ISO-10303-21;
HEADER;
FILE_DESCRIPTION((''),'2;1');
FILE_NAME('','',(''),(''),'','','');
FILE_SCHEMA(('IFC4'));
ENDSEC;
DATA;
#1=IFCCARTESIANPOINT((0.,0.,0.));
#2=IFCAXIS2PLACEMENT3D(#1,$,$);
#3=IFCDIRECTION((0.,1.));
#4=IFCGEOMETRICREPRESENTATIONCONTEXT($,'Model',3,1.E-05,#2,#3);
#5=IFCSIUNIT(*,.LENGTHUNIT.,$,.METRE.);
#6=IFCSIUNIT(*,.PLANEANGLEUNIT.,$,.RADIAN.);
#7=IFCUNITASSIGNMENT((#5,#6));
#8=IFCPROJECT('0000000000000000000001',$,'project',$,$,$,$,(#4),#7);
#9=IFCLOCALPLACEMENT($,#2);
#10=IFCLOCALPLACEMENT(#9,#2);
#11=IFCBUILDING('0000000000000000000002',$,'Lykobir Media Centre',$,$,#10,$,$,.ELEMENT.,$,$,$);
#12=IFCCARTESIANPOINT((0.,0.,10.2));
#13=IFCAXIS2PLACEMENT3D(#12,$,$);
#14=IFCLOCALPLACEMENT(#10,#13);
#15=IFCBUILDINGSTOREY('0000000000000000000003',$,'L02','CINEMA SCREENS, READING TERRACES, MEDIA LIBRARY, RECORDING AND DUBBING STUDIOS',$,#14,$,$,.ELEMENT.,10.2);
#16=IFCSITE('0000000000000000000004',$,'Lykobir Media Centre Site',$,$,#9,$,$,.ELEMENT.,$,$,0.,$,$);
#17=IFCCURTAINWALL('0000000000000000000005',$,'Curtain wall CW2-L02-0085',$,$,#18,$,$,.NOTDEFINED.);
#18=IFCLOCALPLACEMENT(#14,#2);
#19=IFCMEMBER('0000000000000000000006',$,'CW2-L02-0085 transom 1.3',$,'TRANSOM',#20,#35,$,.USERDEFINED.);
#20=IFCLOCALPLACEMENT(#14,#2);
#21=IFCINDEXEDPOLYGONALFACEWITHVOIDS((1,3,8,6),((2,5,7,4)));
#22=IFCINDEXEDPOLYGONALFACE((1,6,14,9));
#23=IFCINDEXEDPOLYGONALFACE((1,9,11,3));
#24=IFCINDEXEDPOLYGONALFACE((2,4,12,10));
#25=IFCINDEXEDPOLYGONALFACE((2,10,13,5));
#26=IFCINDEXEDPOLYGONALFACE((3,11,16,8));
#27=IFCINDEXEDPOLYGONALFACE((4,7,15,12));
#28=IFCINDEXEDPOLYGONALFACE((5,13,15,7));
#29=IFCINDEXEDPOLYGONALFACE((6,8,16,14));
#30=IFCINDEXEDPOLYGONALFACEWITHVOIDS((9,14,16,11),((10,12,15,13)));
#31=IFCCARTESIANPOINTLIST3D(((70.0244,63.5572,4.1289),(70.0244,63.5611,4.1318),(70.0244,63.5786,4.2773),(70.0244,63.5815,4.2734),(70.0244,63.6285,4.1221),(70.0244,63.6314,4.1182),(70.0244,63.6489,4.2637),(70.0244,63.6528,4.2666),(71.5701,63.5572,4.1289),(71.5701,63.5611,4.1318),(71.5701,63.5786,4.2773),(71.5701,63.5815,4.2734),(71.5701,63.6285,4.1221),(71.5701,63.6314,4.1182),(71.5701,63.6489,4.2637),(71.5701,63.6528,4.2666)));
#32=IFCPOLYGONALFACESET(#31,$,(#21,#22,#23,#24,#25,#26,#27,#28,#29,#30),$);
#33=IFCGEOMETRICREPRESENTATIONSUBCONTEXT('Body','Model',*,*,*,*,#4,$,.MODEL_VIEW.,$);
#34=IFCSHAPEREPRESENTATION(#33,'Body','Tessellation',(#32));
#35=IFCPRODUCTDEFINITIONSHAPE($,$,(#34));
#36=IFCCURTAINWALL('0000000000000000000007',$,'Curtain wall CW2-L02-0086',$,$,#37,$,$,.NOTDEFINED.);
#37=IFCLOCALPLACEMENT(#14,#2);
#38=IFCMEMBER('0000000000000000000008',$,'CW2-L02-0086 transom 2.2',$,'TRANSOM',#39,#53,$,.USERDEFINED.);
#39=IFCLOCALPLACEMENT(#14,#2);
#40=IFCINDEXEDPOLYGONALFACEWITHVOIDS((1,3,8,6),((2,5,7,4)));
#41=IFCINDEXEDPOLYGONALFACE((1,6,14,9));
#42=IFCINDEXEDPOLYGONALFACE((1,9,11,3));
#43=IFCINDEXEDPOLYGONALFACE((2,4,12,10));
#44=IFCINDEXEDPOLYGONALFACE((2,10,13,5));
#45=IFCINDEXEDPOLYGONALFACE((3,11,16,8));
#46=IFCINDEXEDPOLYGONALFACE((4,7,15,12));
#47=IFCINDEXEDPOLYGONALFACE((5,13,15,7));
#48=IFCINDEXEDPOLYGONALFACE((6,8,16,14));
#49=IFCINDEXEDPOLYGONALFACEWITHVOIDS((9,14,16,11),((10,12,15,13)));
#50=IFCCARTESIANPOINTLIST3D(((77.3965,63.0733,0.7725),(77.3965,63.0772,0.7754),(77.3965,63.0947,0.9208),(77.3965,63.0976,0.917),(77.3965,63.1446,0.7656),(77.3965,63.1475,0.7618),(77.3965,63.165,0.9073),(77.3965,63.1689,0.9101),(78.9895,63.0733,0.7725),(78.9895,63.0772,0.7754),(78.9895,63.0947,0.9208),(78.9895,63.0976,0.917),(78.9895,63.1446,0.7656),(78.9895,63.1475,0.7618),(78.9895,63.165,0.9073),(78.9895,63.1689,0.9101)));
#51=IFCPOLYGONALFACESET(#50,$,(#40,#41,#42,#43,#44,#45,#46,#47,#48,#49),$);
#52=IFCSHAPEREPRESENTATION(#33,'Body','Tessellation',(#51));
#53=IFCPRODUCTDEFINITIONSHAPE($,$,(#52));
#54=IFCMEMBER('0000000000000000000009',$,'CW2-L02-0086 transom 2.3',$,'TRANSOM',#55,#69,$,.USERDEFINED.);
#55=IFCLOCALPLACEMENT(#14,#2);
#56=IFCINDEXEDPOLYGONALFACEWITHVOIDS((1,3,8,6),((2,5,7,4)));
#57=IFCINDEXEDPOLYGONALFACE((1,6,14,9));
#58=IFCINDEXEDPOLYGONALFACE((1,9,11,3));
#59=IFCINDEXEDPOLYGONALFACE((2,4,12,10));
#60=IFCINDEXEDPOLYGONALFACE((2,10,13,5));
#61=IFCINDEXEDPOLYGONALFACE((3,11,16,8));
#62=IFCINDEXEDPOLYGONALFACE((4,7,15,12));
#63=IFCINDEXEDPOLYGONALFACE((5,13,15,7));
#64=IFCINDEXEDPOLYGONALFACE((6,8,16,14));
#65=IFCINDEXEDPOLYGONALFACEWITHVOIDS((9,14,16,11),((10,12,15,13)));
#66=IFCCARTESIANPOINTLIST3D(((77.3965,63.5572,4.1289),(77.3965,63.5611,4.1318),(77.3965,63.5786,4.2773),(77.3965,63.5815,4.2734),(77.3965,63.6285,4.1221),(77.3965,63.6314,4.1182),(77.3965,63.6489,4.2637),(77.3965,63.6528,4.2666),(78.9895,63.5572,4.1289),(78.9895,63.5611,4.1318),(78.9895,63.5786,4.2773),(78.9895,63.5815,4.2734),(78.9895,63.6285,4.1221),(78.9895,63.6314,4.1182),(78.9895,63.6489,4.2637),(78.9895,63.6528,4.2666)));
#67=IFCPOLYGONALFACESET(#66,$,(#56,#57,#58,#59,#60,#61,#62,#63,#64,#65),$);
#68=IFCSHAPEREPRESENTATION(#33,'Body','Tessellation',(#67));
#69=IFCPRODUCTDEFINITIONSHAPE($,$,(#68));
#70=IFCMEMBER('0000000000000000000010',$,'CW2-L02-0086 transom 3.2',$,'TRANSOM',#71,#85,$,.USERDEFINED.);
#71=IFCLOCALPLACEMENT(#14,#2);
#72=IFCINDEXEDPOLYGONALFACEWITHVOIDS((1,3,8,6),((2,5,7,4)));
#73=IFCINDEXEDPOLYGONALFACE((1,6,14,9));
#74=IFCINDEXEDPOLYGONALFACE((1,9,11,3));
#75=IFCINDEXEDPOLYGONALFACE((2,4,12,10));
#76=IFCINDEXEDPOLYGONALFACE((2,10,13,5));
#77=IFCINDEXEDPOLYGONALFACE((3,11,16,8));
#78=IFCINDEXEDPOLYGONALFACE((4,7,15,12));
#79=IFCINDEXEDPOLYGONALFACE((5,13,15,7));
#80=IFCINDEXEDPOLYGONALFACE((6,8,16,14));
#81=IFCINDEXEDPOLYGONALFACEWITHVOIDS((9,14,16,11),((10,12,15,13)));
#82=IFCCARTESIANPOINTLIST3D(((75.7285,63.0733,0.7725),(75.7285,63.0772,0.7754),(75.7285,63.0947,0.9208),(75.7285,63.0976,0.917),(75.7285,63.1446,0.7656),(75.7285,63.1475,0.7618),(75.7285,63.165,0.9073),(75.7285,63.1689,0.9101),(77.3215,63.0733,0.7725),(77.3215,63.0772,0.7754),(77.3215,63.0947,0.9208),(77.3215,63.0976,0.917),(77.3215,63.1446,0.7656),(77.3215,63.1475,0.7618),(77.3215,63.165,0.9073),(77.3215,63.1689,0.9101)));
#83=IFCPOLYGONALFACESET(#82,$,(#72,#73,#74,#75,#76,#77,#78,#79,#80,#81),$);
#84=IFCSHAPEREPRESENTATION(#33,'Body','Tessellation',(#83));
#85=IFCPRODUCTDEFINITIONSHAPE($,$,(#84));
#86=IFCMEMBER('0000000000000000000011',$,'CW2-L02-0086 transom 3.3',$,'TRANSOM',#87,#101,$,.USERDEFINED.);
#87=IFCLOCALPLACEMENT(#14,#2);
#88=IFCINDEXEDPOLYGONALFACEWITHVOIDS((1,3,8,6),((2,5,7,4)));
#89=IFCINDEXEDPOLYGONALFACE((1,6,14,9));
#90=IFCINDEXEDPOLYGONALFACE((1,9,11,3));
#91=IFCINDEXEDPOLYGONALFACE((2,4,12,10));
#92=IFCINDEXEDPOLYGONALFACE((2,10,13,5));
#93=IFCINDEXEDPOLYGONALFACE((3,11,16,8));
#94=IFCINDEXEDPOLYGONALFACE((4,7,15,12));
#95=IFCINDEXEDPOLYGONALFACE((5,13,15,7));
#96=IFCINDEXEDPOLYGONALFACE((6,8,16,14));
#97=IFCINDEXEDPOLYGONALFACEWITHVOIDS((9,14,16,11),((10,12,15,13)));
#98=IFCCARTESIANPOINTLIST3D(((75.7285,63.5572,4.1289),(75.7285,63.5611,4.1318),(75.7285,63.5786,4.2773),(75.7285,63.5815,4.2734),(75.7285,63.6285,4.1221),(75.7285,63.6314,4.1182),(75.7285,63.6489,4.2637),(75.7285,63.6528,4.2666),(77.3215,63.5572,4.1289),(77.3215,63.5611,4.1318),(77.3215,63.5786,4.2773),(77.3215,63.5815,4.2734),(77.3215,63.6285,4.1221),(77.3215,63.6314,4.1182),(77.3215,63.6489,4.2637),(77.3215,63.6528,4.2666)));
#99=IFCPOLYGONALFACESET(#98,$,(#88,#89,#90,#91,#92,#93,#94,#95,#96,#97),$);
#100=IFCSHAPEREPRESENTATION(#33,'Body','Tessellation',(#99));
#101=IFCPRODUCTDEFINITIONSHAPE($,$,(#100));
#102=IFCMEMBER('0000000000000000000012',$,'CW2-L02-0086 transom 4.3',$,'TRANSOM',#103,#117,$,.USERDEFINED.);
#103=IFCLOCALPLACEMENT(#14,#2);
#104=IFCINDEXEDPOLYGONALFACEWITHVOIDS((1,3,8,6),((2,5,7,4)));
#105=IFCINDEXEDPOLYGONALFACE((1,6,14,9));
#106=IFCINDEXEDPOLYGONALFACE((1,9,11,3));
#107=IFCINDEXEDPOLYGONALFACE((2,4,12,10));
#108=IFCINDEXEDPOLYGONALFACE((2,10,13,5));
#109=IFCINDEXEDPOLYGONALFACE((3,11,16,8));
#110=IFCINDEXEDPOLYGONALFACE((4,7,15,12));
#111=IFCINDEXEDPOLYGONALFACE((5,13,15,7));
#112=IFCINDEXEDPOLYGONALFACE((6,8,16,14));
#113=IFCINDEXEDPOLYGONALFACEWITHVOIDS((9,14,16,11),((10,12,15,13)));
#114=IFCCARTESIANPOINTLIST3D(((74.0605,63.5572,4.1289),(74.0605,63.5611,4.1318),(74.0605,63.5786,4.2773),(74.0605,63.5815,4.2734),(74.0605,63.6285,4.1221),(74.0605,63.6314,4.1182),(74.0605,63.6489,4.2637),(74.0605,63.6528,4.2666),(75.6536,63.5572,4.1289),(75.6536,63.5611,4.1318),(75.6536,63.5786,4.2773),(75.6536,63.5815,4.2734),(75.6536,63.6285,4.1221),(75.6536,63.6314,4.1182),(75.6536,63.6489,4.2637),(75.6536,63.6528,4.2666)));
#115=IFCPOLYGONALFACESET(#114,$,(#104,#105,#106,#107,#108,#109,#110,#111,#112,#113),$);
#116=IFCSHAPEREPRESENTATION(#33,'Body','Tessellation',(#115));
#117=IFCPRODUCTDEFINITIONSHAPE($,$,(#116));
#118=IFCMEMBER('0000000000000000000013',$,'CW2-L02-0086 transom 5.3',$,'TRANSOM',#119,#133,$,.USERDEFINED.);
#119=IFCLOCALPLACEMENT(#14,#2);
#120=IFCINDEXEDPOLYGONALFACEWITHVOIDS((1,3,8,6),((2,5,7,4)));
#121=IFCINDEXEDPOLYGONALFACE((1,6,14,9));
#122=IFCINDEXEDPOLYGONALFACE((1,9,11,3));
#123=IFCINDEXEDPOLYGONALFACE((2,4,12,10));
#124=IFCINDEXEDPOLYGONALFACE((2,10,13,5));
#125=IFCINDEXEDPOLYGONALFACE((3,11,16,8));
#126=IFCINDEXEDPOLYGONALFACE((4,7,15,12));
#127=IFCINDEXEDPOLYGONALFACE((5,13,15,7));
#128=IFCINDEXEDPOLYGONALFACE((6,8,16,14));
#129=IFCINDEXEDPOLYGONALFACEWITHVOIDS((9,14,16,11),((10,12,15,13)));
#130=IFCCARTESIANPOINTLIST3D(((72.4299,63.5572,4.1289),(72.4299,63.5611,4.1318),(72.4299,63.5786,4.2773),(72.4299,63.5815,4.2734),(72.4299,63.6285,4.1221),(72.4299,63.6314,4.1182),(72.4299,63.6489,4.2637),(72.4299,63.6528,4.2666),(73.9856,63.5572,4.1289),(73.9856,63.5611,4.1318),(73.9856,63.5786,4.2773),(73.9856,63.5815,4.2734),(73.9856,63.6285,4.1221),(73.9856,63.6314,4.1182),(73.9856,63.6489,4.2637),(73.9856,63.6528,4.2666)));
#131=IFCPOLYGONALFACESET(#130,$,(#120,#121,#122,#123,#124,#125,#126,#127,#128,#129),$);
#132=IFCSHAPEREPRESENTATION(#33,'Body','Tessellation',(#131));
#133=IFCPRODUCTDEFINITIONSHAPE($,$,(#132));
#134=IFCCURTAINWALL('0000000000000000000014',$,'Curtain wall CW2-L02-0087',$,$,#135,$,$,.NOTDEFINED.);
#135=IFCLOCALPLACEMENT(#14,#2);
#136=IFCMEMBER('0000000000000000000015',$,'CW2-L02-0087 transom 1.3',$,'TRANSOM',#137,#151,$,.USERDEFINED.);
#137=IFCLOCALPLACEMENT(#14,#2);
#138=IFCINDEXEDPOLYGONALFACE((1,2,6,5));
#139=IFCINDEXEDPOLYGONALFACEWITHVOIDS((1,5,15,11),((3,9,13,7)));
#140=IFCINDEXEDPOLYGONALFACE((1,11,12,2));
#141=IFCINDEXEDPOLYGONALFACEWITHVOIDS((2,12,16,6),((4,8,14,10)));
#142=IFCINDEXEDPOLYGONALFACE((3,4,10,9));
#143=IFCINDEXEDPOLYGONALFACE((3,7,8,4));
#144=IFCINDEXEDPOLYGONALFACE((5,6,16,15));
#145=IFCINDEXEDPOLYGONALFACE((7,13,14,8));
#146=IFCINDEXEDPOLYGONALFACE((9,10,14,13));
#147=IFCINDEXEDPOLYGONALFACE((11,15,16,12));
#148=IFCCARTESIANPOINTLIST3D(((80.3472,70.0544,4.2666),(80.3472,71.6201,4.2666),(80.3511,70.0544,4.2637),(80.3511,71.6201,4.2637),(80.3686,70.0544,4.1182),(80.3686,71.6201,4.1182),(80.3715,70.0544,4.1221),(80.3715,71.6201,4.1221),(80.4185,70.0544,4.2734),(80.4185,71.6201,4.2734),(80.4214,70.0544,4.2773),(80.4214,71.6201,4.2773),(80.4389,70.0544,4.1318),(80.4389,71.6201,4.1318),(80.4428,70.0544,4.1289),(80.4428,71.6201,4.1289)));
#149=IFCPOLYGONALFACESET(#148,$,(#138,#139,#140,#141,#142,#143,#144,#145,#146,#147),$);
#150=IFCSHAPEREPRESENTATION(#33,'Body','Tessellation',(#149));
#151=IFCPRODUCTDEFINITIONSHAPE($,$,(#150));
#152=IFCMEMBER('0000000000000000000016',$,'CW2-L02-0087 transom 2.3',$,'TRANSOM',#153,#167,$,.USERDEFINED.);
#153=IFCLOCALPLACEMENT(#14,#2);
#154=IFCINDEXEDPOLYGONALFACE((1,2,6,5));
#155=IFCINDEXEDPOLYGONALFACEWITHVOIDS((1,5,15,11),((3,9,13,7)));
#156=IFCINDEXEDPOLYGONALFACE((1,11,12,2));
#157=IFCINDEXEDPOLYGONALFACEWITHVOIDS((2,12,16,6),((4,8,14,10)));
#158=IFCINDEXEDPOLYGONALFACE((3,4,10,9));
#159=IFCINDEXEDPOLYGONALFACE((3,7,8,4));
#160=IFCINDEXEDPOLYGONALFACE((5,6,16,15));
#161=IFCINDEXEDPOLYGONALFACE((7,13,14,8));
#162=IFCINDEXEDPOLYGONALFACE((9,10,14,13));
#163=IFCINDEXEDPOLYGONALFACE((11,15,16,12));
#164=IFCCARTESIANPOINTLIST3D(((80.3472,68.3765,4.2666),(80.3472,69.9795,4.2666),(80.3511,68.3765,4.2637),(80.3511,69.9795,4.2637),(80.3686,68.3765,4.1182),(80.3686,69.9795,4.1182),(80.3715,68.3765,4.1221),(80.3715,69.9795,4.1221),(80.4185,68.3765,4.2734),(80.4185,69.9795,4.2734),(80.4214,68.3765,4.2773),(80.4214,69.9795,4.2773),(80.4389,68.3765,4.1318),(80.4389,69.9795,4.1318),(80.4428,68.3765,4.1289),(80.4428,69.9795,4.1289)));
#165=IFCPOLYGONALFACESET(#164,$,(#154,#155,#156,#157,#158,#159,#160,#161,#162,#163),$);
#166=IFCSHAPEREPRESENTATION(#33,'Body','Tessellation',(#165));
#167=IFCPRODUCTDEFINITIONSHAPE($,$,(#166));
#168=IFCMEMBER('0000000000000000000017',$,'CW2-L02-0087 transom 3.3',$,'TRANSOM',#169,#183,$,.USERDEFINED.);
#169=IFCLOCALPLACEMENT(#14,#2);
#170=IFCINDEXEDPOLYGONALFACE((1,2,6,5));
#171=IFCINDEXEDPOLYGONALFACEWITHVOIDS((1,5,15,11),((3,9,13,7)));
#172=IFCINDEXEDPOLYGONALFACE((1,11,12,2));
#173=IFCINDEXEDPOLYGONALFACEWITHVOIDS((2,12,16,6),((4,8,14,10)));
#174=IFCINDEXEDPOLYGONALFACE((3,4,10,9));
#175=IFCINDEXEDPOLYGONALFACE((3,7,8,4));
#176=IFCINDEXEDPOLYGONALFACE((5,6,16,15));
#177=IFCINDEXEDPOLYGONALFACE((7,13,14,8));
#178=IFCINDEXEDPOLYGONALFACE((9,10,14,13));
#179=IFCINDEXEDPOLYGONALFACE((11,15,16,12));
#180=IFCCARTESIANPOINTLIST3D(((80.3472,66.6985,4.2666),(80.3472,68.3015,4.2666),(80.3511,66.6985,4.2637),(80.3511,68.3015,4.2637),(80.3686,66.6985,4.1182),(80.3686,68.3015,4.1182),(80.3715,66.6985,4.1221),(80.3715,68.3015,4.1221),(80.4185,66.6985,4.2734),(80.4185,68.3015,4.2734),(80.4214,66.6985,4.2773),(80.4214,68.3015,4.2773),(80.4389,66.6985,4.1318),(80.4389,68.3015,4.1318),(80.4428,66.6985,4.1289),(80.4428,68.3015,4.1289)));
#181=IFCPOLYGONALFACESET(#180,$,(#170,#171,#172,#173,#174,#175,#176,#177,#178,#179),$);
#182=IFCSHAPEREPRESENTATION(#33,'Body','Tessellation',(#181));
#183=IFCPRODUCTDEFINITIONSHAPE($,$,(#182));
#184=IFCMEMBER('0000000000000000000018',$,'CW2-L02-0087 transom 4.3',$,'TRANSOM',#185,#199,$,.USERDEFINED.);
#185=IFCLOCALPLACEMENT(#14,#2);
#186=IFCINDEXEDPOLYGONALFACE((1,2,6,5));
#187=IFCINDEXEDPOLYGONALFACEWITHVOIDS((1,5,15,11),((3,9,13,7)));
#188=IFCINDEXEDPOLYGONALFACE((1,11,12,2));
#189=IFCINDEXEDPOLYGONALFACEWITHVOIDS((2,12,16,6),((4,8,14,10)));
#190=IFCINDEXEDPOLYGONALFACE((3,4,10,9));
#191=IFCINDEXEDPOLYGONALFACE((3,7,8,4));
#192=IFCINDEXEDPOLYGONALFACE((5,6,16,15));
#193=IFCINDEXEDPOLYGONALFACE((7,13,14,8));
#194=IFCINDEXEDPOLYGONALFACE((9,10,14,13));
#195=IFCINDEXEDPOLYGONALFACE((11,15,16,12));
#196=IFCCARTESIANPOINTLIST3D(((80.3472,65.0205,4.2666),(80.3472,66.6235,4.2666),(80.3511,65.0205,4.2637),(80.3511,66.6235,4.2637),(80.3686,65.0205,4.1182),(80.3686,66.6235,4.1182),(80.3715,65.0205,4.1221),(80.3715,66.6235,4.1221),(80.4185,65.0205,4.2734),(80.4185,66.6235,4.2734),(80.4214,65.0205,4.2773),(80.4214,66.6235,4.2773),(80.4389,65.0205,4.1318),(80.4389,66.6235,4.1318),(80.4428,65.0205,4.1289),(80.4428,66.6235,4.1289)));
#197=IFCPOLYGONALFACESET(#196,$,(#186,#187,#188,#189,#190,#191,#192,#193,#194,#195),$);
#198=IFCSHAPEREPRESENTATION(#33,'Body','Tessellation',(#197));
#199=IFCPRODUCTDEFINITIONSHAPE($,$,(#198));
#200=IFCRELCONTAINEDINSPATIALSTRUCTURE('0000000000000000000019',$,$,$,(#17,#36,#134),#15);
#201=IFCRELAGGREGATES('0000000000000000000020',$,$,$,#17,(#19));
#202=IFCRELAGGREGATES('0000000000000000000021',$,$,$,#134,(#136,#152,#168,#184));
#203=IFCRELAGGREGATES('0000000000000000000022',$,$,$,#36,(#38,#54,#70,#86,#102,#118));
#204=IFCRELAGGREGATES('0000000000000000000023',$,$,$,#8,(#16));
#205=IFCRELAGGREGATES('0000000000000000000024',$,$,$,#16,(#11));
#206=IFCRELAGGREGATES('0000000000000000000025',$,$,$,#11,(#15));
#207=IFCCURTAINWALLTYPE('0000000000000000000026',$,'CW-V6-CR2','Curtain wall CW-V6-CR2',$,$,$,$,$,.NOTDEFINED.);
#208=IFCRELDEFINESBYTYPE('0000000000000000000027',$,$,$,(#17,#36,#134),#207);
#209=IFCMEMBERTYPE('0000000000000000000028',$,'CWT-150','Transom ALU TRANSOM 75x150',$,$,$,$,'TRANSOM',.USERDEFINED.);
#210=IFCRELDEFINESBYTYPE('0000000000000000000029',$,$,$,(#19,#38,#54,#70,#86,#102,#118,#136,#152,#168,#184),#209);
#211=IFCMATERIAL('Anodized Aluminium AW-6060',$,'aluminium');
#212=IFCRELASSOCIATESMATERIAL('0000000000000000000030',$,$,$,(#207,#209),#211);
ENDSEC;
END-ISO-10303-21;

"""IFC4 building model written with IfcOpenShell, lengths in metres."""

from ifc_helpers import new_model, si_unit, direction, frame, origin, origin_2d, place, context, subcontext, project, spatial, hollow_rectangle, extrude, material, material_profile, profile_set, type_object, element, aggregate, save


model = new_model("IFC4")

# Units and contexts
model_context = context("Model", 3, precision=1e-05, world=origin(), true_north=direction((0.0, 1.0)))
body_context = subcontext(model_context, "Body", "Model", "MODEL_VIEW")
ifc_project = project(units=[si_unit("LENGTHUNIT", "METRE"), si_unit("PLANEANGLEUNIT", "RADIAN")], contexts=[model_context])

# Site, building, storey
site_placement = place(None, origin())
site = spatial("IfcSite", under=ifc_project, at=site_placement, Name="Lykobir Media Centre Site", CompositionType="ELEMENT", RefElevation=0.0)
building_placement = place(site_placement, origin())
building = spatial("IfcBuilding", under=site, at=building_placement, Name="Lykobir Media Centre", CompositionType="ELEMENT")
storey_placement = place(building_placement, frame((0.0, 0.0, 10.2)))
storey = spatial("IfcBuildingStorey", under=building, at=storey_placement, Name="L02", Description="CINEMA SCREENS, READING TERRACES, MEDIA LIBRARY, RECORDING AND DUBBING STUDIOS", CompositionType="ELEMENT", Elevation=10.2)

# Curtain wall, member
ifc_material_1 = material(Name="Anodized Aluminium AW-6060", Category="aluminium")
curtain_wall_type = type_object("IfcCurtainWallType", Name="CW-V6-CR2", Description="Curtain wall CW-V6-CR2", PredefinedType="NOTDEFINED", material=ifc_material_1)
curtain_wall_1_placement = place(storey_placement, origin())
curtain_wall_1 = element("IfcCurtainWall", 1, at=curtain_wall_1_placement, inside=storey, type_object=curtain_wall_type, Name="Curtain wall CW2-L02-0085", PredefinedType="NOTDEFINED")
ifc_material_profile = material_profile(ifc_material_1, hollow_rectangle(XDim=0.075, YDim=0.1499, WallThickness=0.0034, at=origin_2d()), Name="ALU TRANSOM 75x150")
ifc_profile_set = profile_set([ifc_material_profile], Name="Anodized Aluminium AW-6060")
member_type = type_object("IfcMemberType", Name="CWT-150", Description="Transom ALU TRANSOM 75x150", ElementType="TRANSOM", PredefinedType="USERDEFINED", material=ifc_profile_set)
member_1_placement = place(storey_placement, frame((71.5701, 63.605, 4.1978), z_axis=(-1.0, 0.0, 0.0), x_axis=(0.0, -0.989776, 0.142629)))
member_1 = element("IfcMember", 2, at=member_1_placement, type_object=member_type, Name="CW2-L02-0085 transom 1.3", ObjectType="TRANSOM", PredefinedType="USERDEFINED", context=body_context, shape_type="SweptSolid", body=[
    extrude(hollow_rectangle(XDim=0.075, YDim=0.1499, WallThickness=0.0034, at=origin_2d()), origin(), (0.0, 0.0, 1.0), 1.5457),
])
aggregate(curtain_wall_1, [member_1])

# Curtain walls, members
curtain_wall_2_placement = place(storey_placement, origin())
curtain_wall_2 = element("IfcCurtainWall", 3, at=curtain_wall_2_placement, inside=storey, type_object=curtain_wall_type, Name="Curtain wall CW2-L02-0086", PredefinedType="NOTDEFINED")
member_2_placement = place(storey_placement, frame((78.9895, 63.1211, 0.8413), z_axis=(-1.0, 0.0, 0.0), x_axis=(0.0, -0.989776, 0.142629)))
member_2 = element("IfcMember", 4, at=member_2_placement, type_object=member_type, Name="CW2-L02-0086 transom 2.2", ObjectType="TRANSOM", PredefinedType="USERDEFINED", context=body_context, shape_type="SweptSolid", body=[
    extrude(hollow_rectangle(XDim=0.075, YDim=0.1499, WallThickness=0.0034, at=origin_2d()), origin(), (0.0, 0.0, 1.0), 1.593),
])
member_3_placement = place(storey_placement, frame((78.9895, 63.605, 4.1978), z_axis=(-1.0, 0.0, 0.0), x_axis=(0.0, -0.989776, 0.142629)))
member_3 = element("IfcMember", 5, at=member_3_placement, type_object=member_type, Name="CW2-L02-0086 transom 2.3", ObjectType="TRANSOM", PredefinedType="USERDEFINED", context=body_context, shape_type="SweptSolid", body=[
    extrude(hollow_rectangle(XDim=0.075, YDim=0.1499, WallThickness=0.0034, at=origin_2d()), origin(), (0.0, 0.0, 1.0), 1.593),
])
member_4_placement = place(storey_placement, frame((77.3215, 63.1211, 0.8413), z_axis=(-1.0, 0.0, 0.0), x_axis=(0.0, -0.989776, 0.142629)))
member_4 = element("IfcMember", 6, at=member_4_placement, type_object=member_type, Name="CW2-L02-0086 transom 3.2", ObjectType="TRANSOM", PredefinedType="USERDEFINED", context=body_context, shape_type="SweptSolid", body=[
    extrude(hollow_rectangle(XDim=0.075, YDim=0.1499, WallThickness=0.0034, at=origin_2d()), origin(), (0.0, 0.0, 1.0), 1.593),
])
member_5_placement = place(storey_placement, frame((77.3215, 63.605, 4.1978), z_axis=(-1.0, 0.0, 0.0), x_axis=(0.0, -0.989776, 0.142629)))
member_5 = element("IfcMember", 7, at=member_5_placement, type_object=member_type, Name="CW2-L02-0086 transom 3.3", ObjectType="TRANSOM", PredefinedType="USERDEFINED", context=body_context, shape_type="SweptSolid", body=[
    extrude(hollow_rectangle(XDim=0.075, YDim=0.1499, WallThickness=0.0034, at=origin_2d()), origin(), (0.0, 0.0, 1.0), 1.593),
])
member_6_placement = place(storey_placement, frame((75.6536, 63.605, 4.1978), z_axis=(-1.0, 0.0, 0.0), x_axis=(0.0, -0.989776, 0.142629)))
member_6 = element("IfcMember", 8, at=member_6_placement, type_object=member_type, Name="CW2-L02-0086 transom 4.3", ObjectType="TRANSOM", PredefinedType="USERDEFINED", context=body_context, shape_type="SweptSolid", body=[
    extrude(hollow_rectangle(XDim=0.075, YDim=0.1499, WallThickness=0.0034, at=origin_2d()), origin(), (0.0, 0.0, 1.0), 1.593),
])
member_7_placement = place(storey_placement, frame((73.9856, 63.605, 4.1978), z_axis=(-1.0, 0.0, 0.0), x_axis=(0.0, -0.989776, 0.142629)))
member_7 = element("IfcMember", 9, at=member_7_placement, type_object=member_type, Name="CW2-L02-0086 transom 5.3", ObjectType="TRANSOM", PredefinedType="USERDEFINED", context=body_context, shape_type="SweptSolid", body=[
    extrude(hollow_rectangle(XDim=0.075, YDim=0.1499, WallThickness=0.0034, at=origin_2d()), origin(), (0.0, 0.0, 1.0), 1.5557),
])
curtain_wall_3_placement = place(storey_placement, origin())
curtain_wall_3 = element("IfcCurtainWall", 10, at=curtain_wall_3_placement, inside=storey, type_object=curtain_wall_type, Name="Curtain wall CW2-L02-0087", PredefinedType="NOTDEFINED")
member_8_placement = place(storey_placement, frame((80.395, 71.6201, 4.1978), z_axis=(0.0, -1.0, 0.0), x_axis=(0.989776, 0.0, 0.142629)))
member_8 = element("IfcMember", 11, at=member_8_placement, type_object=member_type, Name="CW2-L02-0087 transom 1.3", ObjectType="TRANSOM", PredefinedType="USERDEFINED", context=body_context, shape_type="SweptSolid", body=[
    extrude(hollow_rectangle(XDim=0.075, YDim=0.1499, WallThickness=0.0034, at=origin_2d()), origin(), (0.0, 0.0, 1.0), 1.5657),
])
member_9_placement = place(storey_placement, frame((80.395, 69.9795, 4.1978), z_axis=(0.0, -1.0, 0.0), x_axis=(0.989776, 0.0, 0.142629)))
member_9 = element("IfcMember", 12, at=member_9_placement, type_object=member_type, Name="CW2-L02-0087 transom 2.3", ObjectType="TRANSOM", PredefinedType="USERDEFINED", context=body_context, shape_type="SweptSolid", body=[
    extrude(hollow_rectangle(XDim=0.075, YDim=0.1499, WallThickness=0.0034, at=origin_2d()), origin(), (0.0, 0.0, 1.0), 1.603),
])
member_10_placement = place(storey_placement, frame((80.395, 68.3015, 4.1978), z_axis=(0.0, -1.0, 0.0), x_axis=(0.989776, 0.0, 0.142629)))
member_10 = element("IfcMember", 13, at=member_10_placement, type_object=member_type, Name="CW2-L02-0087 transom 3.3", ObjectType="TRANSOM", PredefinedType="USERDEFINED", context=body_context, shape_type="SweptSolid", body=[
    extrude(hollow_rectangle(XDim=0.075, YDim=0.1499, WallThickness=0.0034, at=origin_2d()), origin(), (0.0, 0.0, 1.0), 1.603),
])
member_11_placement = place(storey_placement, frame((80.395, 66.6235, 4.1978), z_axis=(0.0, -1.0, 0.0), x_axis=(0.989776, 0.0, 0.142629)))
member_11 = element("IfcMember", 14, at=member_11_placement, type_object=member_type, Name="CW2-L02-0087 transom 4.3", ObjectType="TRANSOM", PredefinedType="USERDEFINED", context=body_context, shape_type="SweptSolid", body=[
    extrude(hollow_rectangle(XDim=0.075, YDim=0.1499, WallThickness=0.0034, at=origin_2d()), origin(), (0.0, 0.0, 1.0), 1.603),
])
aggregate(curtain_wall_3, [member_8, member_9, member_10, member_11])

aggregate(curtain_wall_2, [member_2, member_3, member_4, member_5, member_6, member_7])

save(model, "model.ifc")
